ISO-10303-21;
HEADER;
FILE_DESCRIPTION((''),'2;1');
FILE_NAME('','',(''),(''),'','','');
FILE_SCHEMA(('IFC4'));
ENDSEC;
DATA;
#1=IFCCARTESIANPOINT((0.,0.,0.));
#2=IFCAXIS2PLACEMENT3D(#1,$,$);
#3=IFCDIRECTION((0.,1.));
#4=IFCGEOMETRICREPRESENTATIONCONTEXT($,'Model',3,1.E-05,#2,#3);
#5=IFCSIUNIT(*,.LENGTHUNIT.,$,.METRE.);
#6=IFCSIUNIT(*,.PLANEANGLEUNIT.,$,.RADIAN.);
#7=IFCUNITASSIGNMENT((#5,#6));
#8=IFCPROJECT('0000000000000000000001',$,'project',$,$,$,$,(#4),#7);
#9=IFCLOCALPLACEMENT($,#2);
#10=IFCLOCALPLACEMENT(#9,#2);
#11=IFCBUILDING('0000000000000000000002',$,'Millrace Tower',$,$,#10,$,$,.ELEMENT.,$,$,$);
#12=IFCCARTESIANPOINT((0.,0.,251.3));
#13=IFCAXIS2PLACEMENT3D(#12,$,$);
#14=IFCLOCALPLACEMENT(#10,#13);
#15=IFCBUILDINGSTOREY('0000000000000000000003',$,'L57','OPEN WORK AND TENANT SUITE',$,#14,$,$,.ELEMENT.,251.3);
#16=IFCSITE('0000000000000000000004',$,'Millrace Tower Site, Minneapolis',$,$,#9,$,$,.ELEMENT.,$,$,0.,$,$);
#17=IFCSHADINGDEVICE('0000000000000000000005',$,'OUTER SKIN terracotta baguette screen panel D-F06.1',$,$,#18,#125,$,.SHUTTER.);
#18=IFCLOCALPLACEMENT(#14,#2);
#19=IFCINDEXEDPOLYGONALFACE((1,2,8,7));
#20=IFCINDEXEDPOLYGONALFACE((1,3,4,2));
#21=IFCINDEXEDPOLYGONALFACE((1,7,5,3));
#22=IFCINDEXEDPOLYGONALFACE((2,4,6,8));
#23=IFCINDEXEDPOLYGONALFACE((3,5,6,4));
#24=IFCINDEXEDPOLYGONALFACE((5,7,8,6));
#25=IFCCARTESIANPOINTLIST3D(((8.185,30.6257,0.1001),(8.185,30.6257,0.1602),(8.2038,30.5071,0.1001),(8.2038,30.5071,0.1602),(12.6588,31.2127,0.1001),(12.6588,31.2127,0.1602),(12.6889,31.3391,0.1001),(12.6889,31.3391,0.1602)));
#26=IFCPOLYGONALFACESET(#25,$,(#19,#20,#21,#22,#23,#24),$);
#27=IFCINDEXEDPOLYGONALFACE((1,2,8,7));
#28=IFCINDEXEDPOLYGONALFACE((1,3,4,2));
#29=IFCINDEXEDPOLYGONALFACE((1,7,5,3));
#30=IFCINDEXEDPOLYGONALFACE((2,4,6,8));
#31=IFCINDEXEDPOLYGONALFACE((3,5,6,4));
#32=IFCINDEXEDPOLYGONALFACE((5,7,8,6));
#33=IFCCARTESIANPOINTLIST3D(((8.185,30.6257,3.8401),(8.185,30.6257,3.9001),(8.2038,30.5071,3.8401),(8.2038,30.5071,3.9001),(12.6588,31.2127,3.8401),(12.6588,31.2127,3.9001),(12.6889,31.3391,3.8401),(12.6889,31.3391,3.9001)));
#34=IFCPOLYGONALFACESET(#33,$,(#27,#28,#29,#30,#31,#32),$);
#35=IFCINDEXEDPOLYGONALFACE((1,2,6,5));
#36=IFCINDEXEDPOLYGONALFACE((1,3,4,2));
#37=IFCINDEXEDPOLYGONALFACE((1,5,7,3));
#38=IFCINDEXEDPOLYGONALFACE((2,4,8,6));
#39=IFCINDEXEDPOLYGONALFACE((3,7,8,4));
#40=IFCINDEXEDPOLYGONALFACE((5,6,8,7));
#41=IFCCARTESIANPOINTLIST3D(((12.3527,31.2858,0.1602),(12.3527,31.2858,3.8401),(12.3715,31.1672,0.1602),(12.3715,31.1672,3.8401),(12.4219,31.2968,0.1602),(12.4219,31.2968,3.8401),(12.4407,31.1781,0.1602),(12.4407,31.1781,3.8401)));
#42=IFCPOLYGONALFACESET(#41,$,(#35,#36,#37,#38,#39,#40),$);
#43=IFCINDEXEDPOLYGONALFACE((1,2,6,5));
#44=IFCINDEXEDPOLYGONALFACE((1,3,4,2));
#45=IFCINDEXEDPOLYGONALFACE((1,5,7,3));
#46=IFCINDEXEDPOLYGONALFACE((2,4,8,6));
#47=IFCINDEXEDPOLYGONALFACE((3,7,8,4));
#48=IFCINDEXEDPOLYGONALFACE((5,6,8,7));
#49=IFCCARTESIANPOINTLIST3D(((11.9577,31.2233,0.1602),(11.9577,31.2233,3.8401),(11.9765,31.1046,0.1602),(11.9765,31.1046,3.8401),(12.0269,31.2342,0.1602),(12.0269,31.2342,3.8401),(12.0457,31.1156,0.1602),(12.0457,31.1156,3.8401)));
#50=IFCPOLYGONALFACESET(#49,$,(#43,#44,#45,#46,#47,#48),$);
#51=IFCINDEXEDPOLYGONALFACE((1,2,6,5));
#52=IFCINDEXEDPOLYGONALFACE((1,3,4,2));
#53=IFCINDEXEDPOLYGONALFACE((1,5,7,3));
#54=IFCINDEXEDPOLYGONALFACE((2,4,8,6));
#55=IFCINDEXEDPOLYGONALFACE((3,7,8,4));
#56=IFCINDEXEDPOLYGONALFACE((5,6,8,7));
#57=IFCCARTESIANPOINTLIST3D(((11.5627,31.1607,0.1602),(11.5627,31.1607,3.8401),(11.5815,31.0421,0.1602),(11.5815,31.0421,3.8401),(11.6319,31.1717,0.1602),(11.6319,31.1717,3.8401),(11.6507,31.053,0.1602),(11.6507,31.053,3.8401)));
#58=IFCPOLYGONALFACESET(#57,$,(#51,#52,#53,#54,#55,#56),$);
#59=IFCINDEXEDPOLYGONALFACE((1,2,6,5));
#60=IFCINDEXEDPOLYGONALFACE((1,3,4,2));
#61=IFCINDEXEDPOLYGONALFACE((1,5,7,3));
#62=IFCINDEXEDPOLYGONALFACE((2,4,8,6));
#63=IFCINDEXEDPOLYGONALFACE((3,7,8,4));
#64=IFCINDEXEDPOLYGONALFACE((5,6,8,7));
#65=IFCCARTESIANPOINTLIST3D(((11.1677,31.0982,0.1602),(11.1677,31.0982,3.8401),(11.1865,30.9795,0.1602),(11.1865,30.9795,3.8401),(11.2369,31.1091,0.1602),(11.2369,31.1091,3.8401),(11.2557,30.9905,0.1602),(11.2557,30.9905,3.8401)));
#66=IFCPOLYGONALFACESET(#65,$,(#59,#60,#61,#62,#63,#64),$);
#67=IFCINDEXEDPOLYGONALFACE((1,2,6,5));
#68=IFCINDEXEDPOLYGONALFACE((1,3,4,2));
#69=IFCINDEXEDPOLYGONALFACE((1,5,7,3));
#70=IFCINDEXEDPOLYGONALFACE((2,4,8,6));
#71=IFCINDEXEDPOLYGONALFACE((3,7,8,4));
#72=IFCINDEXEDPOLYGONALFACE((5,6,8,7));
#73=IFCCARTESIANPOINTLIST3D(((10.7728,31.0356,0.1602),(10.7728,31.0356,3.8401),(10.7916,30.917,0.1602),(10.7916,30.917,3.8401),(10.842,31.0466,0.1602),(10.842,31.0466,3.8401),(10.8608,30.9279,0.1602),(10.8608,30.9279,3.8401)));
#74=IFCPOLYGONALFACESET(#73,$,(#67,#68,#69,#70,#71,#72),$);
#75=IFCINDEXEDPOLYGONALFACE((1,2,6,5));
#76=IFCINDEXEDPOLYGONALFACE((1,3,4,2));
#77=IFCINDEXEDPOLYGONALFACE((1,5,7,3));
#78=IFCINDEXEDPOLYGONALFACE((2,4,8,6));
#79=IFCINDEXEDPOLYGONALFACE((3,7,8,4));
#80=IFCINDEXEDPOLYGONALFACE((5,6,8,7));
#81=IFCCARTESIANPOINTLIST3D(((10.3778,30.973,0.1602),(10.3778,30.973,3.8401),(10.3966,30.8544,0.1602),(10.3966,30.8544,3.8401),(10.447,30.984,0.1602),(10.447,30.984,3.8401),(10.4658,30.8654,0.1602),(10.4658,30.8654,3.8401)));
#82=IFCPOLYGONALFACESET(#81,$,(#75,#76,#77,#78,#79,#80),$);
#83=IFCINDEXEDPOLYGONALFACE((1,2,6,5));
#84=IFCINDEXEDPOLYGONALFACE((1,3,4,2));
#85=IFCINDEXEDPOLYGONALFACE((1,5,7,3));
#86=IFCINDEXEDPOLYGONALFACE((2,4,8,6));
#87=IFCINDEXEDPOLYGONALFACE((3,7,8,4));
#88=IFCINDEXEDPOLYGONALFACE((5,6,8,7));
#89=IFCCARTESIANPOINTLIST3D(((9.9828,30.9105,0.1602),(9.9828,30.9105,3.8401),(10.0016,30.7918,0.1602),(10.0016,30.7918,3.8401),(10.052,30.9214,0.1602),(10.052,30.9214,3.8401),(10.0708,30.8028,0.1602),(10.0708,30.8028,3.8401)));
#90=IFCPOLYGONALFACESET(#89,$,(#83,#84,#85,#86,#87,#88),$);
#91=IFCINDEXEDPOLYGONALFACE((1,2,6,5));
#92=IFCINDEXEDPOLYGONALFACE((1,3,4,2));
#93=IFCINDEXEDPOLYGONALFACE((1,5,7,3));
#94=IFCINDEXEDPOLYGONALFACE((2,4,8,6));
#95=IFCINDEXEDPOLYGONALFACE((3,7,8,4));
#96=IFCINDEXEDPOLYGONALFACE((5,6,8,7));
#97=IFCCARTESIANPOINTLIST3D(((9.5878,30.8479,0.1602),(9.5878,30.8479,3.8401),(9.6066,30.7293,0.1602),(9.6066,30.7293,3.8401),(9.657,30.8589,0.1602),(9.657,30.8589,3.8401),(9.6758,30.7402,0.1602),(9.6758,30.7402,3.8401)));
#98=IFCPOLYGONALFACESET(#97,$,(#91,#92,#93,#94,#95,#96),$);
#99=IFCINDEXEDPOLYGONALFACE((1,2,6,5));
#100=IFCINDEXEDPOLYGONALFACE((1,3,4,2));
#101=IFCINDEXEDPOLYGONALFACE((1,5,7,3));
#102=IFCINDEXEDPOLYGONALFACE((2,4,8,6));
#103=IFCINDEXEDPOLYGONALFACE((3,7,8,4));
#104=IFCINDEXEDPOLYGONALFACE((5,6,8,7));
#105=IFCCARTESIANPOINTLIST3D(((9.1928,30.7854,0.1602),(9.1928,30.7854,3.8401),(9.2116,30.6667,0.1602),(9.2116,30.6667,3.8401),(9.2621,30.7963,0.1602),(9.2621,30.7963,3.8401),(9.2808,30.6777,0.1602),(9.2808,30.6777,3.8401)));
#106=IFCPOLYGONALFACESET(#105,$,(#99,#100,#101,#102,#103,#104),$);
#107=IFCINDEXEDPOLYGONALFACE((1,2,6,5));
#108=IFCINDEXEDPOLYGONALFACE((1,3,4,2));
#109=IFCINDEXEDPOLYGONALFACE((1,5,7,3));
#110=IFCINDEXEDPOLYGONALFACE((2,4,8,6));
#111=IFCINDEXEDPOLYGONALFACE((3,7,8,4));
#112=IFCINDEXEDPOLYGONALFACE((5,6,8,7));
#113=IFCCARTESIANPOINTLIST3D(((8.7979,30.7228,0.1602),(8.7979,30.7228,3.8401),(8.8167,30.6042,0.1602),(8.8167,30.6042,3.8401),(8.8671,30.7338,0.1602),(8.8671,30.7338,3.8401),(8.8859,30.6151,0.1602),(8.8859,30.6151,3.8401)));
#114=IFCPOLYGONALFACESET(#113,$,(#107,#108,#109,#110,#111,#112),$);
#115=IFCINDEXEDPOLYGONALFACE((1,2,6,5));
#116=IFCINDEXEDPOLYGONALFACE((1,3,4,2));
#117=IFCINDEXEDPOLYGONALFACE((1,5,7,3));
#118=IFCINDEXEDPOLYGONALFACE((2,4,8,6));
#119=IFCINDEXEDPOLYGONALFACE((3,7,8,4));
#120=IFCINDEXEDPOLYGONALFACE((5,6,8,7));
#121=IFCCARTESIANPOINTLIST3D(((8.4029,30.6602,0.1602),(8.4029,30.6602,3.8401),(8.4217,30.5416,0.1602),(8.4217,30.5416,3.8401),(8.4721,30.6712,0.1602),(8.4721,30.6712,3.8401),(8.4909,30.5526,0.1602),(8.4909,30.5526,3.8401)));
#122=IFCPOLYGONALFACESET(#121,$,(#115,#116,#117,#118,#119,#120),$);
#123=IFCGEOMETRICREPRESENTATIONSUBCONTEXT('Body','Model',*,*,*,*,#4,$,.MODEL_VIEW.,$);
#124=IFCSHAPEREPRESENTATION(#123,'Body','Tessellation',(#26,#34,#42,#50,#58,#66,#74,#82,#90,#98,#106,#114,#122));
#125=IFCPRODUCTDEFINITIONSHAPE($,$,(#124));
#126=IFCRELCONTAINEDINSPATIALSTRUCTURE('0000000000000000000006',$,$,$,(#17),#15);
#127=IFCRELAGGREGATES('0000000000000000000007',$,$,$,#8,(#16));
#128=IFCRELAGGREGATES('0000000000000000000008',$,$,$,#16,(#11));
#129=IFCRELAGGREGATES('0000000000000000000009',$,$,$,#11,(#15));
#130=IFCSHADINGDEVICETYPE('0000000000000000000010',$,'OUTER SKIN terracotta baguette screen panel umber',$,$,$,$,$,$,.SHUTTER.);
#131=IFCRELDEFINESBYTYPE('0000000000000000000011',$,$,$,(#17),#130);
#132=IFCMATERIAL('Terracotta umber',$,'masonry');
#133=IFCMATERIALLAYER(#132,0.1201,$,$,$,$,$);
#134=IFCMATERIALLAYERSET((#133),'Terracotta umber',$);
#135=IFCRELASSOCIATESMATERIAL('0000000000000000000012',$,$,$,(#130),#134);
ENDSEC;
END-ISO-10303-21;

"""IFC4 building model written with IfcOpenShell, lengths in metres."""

from ifc_helpers import new_model, entity, si_unit, direction, frame, frame_2d, origin, place, context, subcontext, project, spatial, rectangle, extrude, source, transform, mapped, material, layer, layer_set, type_object, element, save


model = new_model("IFC4")

# Units and contexts
model_context = context("Model", 3, precision=1e-05, world=origin(), true_north=direction((0.0, 1.0)))
body_context = subcontext(model_context, "Body", "Model", "MODEL_VIEW")
ifc_project = project(units=[si_unit("LENGTHUNIT", "METRE"), si_unit("PLANEANGLEUNIT", "RADIAN")], contexts=[model_context])

# Site, building, storey
site_placement = place(None, origin())
site = spatial("IfcSite", under=ifc_project, at=site_placement, Name="Millrace Tower Site, Minneapolis", CompositionType="ELEMENT", RefElevation=0.0)
building_placement = place(site_placement, origin())
building = spatial("IfcBuilding", under=site, at=building_placement, Name="Millrace Tower", CompositionType="ELEMENT")
storey_placement = place(building_placement, frame((0.0, 0.0, 251.3)))
storey = spatial("IfcBuildingStorey", under=building, at=storey_placement, Name="L57", Description="OPEN WORK AND TENANT SUITE", CompositionType="ELEMENT", Elevation=251.3)

# Shading device
ifc_material_1 = material(Name="Terracotta umber", Category="masonry")
ifc_layer_1 = layer(ifc_material_1, 0.1201)
ifc_layer_set_1 = layer_set([ifc_layer_1], Name="Terracotta umber")
shading_device_type = type_object("IfcShadingDeviceType", Name="OUTER SKIN terracotta baguette screen panel umber", PredefinedType="SHUTTER", material=ifc_layer_set_1)
cartesian_point_1 = entity("IfcCartesianPoint", [-2.2429, 0.0601])
shared_polyline_1 = entity("IfcPolyline", [cartesian_point_1, entity("IfcCartesianPoint", [2.2676, 0.0601]), entity("IfcCartesianPoint", [2.2676, -0.0601]), entity("IfcCartesianPoint", [-2.2925, -0.0601]), cartesian_point_1])
shared_shape_1 = source(origin(), body_context, "Body", "SweptSolid", [
    entity("IfcExtrudedAreaSolid", entity("IfcArbitraryClosedProfileDef", "AREA", None, shared_polyline_1), entity("IfcAxis2Placement3D", entity("IfcCartesianPoint", [0.0, 0.0, 0.0])), entity("IfcDirection", [0.0, 0.0, 1.0]), 0.0601),
    entity("IfcExtrudedAreaSolid", entity("IfcArbitraryClosedProfileDef", "AREA", None, shared_polyline_1), entity("IfcAxis2Placement3D", entity("IfcCartesianPoint", [0.0, 0.0, 3.74])), entity("IfcDirection", [0.0, 0.0, 1.0]), 0.0601),
    extrude(rectangle(XDim=0.0701, YDim=0.1201, at=frame_2d((-1.9871, 0.0))), frame((0.0, 0.0, 0.0601)), (0.0, 0.0, 1.0), 3.6799),
    extrude(rectangle(XDim=0.0701, YDim=0.1201, at=frame_2d((-1.5872, 0.0))), frame((0.0, 0.0, 0.0601)), (0.0, 0.0, 1.0), 3.6799),
    extrude(rectangle(XDim=0.0701, YDim=0.1201, at=frame_2d((-1.1873, 0.0))), frame((0.0, 0.0, 0.0601)), (0.0, 0.0, 1.0), 3.6799),
    extrude(rectangle(XDim=0.0701, YDim=0.1201, at=frame_2d((-0.7874, 0.0))), frame((0.0, 0.0, 0.0601)), (0.0, 0.0, 1.0), 3.6799),
    extrude(rectangle(XDim=0.0701, YDim=0.1201, at=frame_2d((-0.3875, 0.0))), frame((0.0, 0.0, 0.0601)), (0.0, 0.0, 1.0), 3.6799),
    extrude(rectangle(XDim=0.0701, YDim=0.1201, at=frame_2d((0.0125, 0.0))), frame((0.0, 0.0, 0.0601)), (0.0, 0.0, 1.0), 3.6799),
    extrude(rectangle(XDim=0.0701, YDim=0.1201, at=frame_2d((0.4124, 0.0))), frame((0.0, 0.0, 0.0601)), (0.0, 0.0, 1.0), 3.6799),
    extrude(rectangle(XDim=0.0701, YDim=0.1201, at=frame_2d((0.8123, 0.0))), frame((0.0, 0.0, 0.0601)), (0.0, 0.0, 1.0), 3.6799),
    extrude(rectangle(XDim=0.0701, YDim=0.1201, at=frame_2d((1.2122, 0.0))), frame((0.0, 0.0, 0.0601)), (0.0, 0.0, 1.0), 3.6799),
    extrude(rectangle(XDim=0.0701, YDim=0.1201, at=frame_2d((1.6121, 0.0))), frame((0.0, 0.0, 0.0601)), (0.0, 0.0, 1.0), 3.6799),
    extrude(rectangle(XDim=0.0701, YDim=0.1201, at=frame_2d((2.012, 0.0))), frame((0.0, 0.0, 0.0601)), (0.0, 0.0, 1.0), 3.6799),
])
shading_device_1_placement = place(storey_placement, frame((10.4341, 30.9211, 0.1001), z_axis=(0.0, 0.0, 1.0), x_axis=(-0.987688, -0.156434, 0.0)))
element("IfcShadingDevice", 1, at=shading_device_1_placement, inside=storey, type_object=shading_device_type, Name="OUTER SKIN terracotta baguette screen panel D-F06.1", PredefinedType="SHUTTER", context=body_context, shape_type="MappedRepresentation", body=[
    mapped(shared_shape_1, transform((0.0, 0.0, 0.0), scale=1.0)),
])

save(model, "model.ifc")
